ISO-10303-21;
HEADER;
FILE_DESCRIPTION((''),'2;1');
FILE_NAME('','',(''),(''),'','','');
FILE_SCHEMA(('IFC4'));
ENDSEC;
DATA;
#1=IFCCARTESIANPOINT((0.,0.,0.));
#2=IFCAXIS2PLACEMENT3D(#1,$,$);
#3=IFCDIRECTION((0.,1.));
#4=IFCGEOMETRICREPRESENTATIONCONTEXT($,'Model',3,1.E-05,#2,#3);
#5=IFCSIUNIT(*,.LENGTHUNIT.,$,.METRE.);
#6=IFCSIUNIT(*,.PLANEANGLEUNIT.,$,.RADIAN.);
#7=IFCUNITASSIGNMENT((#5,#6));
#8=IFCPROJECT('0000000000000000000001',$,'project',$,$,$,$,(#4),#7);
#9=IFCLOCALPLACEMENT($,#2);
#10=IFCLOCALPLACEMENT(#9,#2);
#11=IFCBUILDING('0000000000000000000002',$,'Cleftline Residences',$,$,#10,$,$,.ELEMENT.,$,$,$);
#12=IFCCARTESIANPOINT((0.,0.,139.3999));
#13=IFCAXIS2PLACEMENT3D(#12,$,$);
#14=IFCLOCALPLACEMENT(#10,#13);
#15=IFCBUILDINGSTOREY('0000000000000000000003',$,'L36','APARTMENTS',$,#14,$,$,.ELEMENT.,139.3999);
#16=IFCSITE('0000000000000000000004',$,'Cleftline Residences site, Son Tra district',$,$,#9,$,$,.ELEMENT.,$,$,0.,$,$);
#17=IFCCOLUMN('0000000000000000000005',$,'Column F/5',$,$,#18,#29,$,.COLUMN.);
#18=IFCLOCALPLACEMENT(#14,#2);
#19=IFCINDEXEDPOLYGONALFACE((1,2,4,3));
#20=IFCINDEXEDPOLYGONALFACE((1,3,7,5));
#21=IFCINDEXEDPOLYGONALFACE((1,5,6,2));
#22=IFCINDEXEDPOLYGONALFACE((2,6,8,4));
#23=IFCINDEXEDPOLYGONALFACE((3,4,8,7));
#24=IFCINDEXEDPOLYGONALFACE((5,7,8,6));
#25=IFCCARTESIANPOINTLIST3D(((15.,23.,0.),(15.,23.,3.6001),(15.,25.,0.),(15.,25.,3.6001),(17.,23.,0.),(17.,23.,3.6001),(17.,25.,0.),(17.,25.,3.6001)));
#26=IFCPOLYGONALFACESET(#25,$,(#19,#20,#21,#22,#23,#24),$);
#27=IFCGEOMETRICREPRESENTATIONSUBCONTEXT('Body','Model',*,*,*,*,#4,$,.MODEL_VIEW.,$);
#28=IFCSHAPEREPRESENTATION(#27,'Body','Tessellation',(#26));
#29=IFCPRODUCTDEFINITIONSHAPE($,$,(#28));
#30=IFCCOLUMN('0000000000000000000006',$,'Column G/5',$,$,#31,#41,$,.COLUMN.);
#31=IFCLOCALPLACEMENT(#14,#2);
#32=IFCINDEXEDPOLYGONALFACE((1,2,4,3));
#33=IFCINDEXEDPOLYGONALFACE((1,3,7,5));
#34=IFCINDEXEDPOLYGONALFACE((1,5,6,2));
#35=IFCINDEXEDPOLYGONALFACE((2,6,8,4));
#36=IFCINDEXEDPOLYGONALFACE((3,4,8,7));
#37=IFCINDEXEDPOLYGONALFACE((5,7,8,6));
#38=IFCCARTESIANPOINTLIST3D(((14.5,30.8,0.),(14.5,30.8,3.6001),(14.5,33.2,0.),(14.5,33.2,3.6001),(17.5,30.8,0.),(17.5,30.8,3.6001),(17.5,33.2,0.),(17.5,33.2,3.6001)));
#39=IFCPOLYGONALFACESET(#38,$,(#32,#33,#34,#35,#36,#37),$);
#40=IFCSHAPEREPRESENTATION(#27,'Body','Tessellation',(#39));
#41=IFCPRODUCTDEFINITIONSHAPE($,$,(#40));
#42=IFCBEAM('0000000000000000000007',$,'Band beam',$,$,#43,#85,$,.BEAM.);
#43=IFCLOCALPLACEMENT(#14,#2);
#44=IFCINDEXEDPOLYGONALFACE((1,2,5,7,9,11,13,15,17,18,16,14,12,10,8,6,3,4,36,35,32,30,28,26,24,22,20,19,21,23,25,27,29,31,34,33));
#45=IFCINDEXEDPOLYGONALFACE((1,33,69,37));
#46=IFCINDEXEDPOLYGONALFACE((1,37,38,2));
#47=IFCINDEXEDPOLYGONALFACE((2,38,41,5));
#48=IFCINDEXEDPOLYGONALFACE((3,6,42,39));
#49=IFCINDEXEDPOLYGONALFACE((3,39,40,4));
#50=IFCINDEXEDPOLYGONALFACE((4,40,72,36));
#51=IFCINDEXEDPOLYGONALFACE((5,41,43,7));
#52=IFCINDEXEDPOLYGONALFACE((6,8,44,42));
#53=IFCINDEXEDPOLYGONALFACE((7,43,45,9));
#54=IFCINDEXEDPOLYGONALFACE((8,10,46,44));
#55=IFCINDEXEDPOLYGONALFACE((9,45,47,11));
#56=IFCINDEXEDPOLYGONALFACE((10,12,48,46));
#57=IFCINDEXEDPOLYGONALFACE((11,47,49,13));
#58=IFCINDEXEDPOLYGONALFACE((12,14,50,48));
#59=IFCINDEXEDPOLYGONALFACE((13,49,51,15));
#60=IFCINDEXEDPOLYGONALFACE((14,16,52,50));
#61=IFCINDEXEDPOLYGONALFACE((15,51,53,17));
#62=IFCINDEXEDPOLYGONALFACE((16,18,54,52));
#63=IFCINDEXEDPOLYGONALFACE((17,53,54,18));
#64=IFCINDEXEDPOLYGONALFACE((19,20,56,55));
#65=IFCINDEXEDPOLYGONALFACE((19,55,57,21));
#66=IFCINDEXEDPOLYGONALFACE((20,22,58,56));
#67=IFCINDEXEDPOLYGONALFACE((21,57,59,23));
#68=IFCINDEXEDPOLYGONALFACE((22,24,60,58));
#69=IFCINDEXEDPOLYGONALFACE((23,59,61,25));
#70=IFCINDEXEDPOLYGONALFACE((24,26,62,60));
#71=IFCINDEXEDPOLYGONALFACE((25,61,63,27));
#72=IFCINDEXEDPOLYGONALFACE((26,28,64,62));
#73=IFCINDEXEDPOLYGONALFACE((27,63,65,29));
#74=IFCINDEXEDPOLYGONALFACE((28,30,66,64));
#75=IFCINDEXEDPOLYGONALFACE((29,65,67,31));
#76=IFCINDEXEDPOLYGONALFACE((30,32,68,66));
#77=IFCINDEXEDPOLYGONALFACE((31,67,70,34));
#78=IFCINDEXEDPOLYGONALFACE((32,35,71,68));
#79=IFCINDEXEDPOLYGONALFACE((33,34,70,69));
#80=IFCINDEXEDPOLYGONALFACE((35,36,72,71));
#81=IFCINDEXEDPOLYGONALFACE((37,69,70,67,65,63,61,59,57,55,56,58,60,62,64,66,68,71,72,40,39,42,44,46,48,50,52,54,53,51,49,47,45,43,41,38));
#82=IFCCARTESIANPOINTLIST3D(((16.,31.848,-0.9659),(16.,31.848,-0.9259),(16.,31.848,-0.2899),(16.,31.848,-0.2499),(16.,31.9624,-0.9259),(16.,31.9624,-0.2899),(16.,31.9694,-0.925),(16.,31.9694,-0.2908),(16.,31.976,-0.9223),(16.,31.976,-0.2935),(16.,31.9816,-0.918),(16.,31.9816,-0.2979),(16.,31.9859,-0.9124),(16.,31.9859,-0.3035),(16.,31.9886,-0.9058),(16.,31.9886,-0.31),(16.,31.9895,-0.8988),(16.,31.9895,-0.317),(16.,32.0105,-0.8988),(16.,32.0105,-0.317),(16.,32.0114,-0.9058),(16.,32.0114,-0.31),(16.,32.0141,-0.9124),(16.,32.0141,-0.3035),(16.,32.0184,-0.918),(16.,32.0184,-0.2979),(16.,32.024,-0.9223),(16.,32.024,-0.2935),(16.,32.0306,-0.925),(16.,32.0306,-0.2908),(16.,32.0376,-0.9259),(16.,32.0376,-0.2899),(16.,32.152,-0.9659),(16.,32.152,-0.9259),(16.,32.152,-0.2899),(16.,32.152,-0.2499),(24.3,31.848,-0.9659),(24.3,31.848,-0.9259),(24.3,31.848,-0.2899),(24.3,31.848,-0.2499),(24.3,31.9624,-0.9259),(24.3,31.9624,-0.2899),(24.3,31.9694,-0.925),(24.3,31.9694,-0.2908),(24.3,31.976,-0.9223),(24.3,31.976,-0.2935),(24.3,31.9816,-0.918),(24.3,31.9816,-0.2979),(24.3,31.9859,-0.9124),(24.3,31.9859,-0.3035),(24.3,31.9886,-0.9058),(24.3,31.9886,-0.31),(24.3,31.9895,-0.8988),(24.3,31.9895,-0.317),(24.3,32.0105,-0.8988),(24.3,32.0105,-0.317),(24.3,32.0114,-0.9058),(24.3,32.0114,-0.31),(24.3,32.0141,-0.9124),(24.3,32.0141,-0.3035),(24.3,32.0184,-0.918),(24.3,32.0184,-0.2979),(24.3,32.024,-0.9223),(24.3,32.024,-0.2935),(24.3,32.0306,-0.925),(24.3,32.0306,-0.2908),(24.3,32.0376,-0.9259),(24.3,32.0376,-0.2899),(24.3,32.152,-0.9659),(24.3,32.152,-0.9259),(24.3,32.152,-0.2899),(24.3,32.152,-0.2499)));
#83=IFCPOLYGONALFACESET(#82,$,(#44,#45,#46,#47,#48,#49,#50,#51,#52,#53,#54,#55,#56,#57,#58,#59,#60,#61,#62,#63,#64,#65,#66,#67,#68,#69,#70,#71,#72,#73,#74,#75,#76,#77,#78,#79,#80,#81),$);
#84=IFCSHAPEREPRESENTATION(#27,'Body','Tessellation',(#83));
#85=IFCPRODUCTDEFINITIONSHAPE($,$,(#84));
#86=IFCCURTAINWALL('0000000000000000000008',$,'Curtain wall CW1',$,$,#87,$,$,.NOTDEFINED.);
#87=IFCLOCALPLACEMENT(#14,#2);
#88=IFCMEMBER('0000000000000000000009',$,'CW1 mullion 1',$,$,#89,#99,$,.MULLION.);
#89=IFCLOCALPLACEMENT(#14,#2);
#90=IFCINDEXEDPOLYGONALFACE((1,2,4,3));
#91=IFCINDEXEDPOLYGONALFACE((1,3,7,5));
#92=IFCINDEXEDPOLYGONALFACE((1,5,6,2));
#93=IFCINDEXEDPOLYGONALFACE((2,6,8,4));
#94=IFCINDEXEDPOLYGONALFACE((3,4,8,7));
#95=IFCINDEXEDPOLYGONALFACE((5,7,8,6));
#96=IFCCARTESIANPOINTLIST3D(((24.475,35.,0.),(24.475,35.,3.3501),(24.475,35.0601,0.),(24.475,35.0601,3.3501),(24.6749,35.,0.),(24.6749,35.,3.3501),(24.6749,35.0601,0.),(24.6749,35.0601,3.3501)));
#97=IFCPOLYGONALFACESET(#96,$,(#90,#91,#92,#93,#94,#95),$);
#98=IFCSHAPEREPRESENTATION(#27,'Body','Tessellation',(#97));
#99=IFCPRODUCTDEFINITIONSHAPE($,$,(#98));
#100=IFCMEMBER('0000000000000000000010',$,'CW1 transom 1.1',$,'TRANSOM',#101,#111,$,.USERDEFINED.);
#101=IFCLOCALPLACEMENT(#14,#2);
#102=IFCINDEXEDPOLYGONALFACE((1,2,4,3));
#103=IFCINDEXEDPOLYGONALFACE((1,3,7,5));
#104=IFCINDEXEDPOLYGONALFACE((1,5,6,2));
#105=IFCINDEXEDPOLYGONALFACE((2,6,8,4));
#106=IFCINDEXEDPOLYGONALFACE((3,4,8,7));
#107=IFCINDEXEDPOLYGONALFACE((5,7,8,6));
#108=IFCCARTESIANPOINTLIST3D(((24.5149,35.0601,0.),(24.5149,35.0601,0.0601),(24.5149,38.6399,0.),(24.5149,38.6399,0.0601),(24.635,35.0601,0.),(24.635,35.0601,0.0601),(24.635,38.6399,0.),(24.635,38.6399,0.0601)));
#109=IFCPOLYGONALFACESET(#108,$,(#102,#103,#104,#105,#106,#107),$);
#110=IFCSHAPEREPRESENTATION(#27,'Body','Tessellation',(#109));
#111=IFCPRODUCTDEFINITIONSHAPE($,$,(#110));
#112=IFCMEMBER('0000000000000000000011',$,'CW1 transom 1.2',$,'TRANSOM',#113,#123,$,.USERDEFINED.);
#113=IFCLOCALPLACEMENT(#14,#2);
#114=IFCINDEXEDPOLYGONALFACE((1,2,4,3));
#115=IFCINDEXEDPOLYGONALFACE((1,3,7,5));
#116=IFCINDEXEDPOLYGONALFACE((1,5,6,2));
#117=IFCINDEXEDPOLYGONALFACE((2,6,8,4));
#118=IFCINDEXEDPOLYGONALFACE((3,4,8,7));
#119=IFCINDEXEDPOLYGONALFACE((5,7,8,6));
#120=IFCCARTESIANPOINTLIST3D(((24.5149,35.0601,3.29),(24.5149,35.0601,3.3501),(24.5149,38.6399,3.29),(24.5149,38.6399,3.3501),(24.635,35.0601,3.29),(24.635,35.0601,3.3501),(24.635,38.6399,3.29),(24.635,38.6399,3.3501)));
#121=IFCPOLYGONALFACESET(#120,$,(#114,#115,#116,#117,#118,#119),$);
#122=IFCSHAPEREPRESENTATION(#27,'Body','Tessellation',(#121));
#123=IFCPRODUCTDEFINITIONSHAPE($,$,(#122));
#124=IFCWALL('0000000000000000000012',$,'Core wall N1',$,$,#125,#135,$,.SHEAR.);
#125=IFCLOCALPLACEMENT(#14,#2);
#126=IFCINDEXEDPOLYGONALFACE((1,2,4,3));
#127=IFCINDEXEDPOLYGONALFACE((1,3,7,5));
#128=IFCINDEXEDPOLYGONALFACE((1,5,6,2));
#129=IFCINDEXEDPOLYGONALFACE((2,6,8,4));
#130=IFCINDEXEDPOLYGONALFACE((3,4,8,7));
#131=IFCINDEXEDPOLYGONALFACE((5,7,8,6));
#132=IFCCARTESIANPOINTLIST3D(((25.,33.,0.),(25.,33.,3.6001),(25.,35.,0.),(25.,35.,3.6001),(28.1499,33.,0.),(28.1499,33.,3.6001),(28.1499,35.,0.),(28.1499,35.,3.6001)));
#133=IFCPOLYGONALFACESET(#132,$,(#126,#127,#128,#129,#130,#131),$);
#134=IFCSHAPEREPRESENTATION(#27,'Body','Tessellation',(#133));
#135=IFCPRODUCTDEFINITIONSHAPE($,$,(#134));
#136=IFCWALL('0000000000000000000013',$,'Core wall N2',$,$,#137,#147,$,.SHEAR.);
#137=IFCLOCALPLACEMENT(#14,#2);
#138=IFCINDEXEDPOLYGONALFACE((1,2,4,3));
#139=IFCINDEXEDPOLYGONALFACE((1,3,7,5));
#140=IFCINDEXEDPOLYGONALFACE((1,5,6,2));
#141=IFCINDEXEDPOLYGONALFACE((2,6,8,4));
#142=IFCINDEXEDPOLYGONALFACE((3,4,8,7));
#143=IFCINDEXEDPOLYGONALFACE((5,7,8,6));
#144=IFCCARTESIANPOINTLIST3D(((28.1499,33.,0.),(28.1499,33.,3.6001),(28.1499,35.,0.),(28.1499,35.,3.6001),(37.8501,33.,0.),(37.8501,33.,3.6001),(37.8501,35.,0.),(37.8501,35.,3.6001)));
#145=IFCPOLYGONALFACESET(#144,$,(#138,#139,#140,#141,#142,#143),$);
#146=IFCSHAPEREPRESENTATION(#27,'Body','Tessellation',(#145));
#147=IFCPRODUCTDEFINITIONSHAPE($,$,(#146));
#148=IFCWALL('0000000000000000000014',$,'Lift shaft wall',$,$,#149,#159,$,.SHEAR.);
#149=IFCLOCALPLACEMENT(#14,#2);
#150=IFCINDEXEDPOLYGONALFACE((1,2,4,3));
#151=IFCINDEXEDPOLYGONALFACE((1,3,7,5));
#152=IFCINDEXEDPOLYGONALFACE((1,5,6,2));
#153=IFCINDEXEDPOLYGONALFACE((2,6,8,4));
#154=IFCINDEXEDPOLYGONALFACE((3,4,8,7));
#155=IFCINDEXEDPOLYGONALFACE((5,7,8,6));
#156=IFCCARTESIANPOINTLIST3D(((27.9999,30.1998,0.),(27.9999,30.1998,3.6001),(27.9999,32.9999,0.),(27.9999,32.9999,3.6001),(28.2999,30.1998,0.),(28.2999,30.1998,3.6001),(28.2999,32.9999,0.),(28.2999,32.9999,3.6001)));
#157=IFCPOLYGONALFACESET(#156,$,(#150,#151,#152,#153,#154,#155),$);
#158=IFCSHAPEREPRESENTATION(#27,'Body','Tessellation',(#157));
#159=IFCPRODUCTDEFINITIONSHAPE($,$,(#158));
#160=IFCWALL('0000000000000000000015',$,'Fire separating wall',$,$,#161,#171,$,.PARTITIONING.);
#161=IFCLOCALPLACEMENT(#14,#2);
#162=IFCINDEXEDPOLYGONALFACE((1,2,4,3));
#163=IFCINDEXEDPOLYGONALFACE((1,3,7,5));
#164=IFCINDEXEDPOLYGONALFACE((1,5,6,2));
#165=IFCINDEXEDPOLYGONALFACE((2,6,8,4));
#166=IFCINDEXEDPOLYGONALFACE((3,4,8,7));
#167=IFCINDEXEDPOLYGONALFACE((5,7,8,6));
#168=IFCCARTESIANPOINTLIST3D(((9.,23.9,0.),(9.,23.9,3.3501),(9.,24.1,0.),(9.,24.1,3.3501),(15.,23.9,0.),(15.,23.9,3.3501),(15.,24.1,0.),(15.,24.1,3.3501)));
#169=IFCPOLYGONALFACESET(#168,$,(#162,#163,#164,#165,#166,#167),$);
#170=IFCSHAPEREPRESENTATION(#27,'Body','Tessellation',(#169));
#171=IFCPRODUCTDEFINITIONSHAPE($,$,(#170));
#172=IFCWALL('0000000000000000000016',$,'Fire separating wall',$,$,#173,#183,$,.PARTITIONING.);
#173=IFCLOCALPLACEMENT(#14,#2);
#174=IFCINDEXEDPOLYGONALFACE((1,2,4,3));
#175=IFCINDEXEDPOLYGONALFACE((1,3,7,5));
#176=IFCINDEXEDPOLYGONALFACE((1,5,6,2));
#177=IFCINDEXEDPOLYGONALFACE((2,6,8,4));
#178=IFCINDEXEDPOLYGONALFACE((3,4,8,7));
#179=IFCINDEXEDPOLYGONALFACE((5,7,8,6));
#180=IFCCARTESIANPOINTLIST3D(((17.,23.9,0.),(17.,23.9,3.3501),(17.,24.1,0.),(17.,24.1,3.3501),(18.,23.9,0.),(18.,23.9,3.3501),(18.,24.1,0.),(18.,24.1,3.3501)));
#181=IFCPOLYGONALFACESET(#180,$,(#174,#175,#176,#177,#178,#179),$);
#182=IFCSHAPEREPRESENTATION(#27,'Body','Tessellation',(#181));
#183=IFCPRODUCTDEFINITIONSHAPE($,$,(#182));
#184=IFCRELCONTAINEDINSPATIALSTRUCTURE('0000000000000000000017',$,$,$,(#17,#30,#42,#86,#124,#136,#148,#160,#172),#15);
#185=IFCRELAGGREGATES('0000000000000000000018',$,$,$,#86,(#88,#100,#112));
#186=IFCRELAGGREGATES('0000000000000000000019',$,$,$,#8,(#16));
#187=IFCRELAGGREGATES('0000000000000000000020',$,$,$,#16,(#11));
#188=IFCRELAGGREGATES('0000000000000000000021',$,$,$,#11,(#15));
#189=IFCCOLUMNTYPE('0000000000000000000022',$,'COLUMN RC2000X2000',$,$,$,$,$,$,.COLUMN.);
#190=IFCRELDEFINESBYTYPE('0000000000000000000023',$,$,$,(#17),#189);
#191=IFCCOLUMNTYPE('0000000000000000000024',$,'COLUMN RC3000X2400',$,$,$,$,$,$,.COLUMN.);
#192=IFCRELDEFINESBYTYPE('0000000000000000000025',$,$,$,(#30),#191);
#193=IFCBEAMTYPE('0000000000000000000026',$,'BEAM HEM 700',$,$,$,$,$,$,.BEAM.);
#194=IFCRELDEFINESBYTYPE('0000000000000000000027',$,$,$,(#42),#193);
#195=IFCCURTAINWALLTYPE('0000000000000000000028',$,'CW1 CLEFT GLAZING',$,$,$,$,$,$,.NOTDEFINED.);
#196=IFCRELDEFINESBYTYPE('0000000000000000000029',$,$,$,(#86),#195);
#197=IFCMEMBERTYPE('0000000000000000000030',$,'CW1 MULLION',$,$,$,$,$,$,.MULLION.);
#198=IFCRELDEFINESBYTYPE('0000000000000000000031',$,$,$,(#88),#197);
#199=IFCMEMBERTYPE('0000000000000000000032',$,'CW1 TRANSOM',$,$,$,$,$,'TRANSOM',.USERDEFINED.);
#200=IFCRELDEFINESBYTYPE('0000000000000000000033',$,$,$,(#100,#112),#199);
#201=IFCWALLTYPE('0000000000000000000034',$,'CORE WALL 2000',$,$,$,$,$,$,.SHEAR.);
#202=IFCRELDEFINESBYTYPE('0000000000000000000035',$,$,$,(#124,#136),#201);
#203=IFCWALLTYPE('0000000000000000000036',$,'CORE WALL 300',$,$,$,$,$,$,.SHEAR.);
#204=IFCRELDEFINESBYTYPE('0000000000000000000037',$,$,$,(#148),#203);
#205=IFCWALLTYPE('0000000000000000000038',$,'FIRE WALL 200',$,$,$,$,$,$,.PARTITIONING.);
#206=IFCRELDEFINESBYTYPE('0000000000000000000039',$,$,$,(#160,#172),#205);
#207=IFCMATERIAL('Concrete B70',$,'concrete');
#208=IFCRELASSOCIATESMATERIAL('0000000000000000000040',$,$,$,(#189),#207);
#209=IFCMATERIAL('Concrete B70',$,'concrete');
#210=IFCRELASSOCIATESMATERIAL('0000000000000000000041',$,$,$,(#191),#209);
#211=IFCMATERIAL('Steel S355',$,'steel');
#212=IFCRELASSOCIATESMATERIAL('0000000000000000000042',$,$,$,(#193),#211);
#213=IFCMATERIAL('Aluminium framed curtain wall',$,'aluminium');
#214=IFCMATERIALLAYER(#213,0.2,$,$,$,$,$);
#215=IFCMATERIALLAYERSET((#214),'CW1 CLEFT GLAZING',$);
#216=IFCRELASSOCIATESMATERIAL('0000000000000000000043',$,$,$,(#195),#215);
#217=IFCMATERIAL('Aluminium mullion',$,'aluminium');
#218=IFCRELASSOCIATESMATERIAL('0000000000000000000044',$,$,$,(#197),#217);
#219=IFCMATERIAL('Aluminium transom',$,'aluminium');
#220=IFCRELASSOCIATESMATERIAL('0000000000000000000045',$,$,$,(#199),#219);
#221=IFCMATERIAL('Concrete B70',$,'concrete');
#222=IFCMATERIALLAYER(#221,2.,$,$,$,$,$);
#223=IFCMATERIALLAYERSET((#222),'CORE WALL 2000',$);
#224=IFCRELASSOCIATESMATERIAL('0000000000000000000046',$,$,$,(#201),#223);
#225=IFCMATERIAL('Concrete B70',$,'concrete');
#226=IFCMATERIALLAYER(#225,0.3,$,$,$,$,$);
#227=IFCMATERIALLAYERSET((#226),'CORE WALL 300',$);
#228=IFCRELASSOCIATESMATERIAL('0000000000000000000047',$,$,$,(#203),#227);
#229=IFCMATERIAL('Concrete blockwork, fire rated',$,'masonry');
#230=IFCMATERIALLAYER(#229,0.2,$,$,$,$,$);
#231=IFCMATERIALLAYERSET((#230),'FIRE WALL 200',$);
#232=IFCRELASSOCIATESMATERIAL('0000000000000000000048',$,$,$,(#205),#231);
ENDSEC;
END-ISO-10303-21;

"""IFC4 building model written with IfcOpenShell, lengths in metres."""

from ifc_helpers import new_model, si_unit, direction, frame, frame_2d, origin, origin_2d, place, context, subcontext, project, spatial, rectangle, i_section, extrude, material, layer, layer_set, material_profile, profile_set, type_object, element, aggregate, save


model = new_model("IFC4")

# Units and contexts
model_context = context("Model", 3, precision=1e-05, world=origin(), true_north=direction((0.0, 1.0)))
body_context = subcontext(model_context, "Body", "Model", "MODEL_VIEW")
ifc_project = project(units=[si_unit("LENGTHUNIT", "METRE"), si_unit("PLANEANGLEUNIT", "RADIAN")], contexts=[model_context])

# Site, building, storey
site_placement = place(None, origin())
site = spatial("IfcSite", under=ifc_project, at=site_placement, Name="Cleftline Residences site, Son Tra district", CompositionType="ELEMENT", RefElevation=0.0)
building_placement = place(site_placement, origin())
building = spatial("IfcBuilding", under=site, at=building_placement, Name="Cleftline Residences", CompositionType="ELEMENT")
storey_placement = place(building_placement, frame((0.0, 0.0, 139.3999)))
storey = spatial("IfcBuildingStorey", under=building, at=storey_placement, Name="L36", Description="APARTMENTS", CompositionType="ELEMENT", Elevation=139.3999)

# Columns
ifc_material_1 = material(Name="Concrete B70", Category="concrete")
ifc_material_profile_1 = material_profile(ifc_material_1, rectangle(XDim=2.0, YDim=2.0, at=origin_2d()))
ifc_profile_set_1 = profile_set([ifc_material_profile_1], Name="Concrete B70")
column_type_1 = type_object("IfcColumnType", Name="COLUMN RC2000X2000", PredefinedType="COLUMN", material=ifc_profile_set_1)
column_1_placement = place(storey_placement, frame((16.0, 24.0, 0.0), z_axis=(0.0, 0.0, 1.0), x_axis=(1.0, 0.0, 0.0)))
element("IfcColumn", 1, at=column_1_placement, inside=storey, type_object=column_type_1, Name="Column F/5", PredefinedType="COLUMN", context=body_context, shape_type="SweptSolid", body=[
    extrude(rectangle(XDim=2.0, YDim=2.0, at=origin_2d()), origin(), (0.0, 0.0, 1.0), 3.6001),
])
ifc_material_2 = material(Name="Concrete B70", Category="concrete")
ifc_material_profile_2 = material_profile(ifc_material_2, rectangle(XDim=3.0, YDim=2.3999, at=origin_2d()))
ifc_profile_set_2 = profile_set([ifc_material_profile_2], Name="Concrete B70")
column_type_2 = type_object("IfcColumnType", Name="COLUMN RC3000X2400", PredefinedType="COLUMN", material=ifc_profile_set_2)
column_2_placement = place(storey_placement, frame((16.0, 32.0, 0.0), z_axis=(0.0, 0.0, 1.0), x_axis=(1.0, 0.0, 0.0)))
element("IfcColumn", 2, at=column_2_placement, inside=storey, type_object=column_type_2, Name="Column G/5", PredefinedType="COLUMN", context=body_context, shape_type="SweptSolid", body=[
    extrude(rectangle(XDim=3.0, YDim=2.3999, at=origin_2d()), origin(), (0.0, 0.0, 1.0), 3.6001),
])

# Beam
ifc_material_3 = material(Name="Steel S355", Category="steel")
ifc_material_profile_3 = material_profile(ifc_material_3, i_section(OverallWidth=0.304, OverallDepth=0.7161, WebThickness=0.021, FlangeThickness=0.04, FilletRadius=0.0271, at=origin_2d()))
ifc_profile_set_3 = profile_set([ifc_material_profile_3], Name="Steel S355")
beam_type = type_object("IfcBeamType", Name="BEAM HEM 700", PredefinedType="BEAM", material=ifc_profile_set_3)
beam_placement = place(storey_placement, frame((16.0, 32.0, -0.6079), z_axis=(1.0, 0.0, 0.0), x_axis=(0.0, 1.0, 0.0)))
element("IfcBeam", 3, at=beam_placement, inside=storey, type_object=beam_type, Name="Band beam", PredefinedType="BEAM", context=body_context, shape_type="SweptSolid", body=[
    extrude(i_section(OverallWidth=0.304, OverallDepth=0.7161, WebThickness=0.021, FlangeThickness=0.04, FilletRadius=0.0271, at=origin_2d()), origin(), (0.0, 0.0, 1.0), 8.3),
])

# Curtain wall, members
ifc_material_4 = material(Name="Aluminium framed curtain wall", Category="aluminium")
ifc_layer_1 = layer(ifc_material_4, 0.2)
ifc_layer_set_1 = layer_set([ifc_layer_1], Name="CW1 CLEFT GLAZING")
curtain_wall_type = type_object("IfcCurtainWallType", Name="CW1 CLEFT GLAZING", PredefinedType="NOTDEFINED", material=ifc_layer_set_1)
curtain_wall_placement = place(storey_placement, origin())
curtain_wall = element("IfcCurtainWall", 4, at=curtain_wall_placement, inside=storey, type_object=curtain_wall_type, Name="Curtain wall CW1", PredefinedType="NOTDEFINED")
ifc_material_5 = material(Name="Aluminium mullion", Category="aluminium")
ifc_material_profile_4 = material_profile(ifc_material_5, rectangle(XDim=0.2, YDim=0.0601, at=origin_2d()))
ifc_profile_set_4 = profile_set([ifc_material_profile_4], Name="Aluminium mullion")
member_type_1 = type_object("IfcMemberType", Name="CW1 MULLION", PredefinedType="MULLION", material=ifc_profile_set_4)
member_1_placement = place(storey_placement, frame((24.575, 35.03, 0.0), z_axis=(0.0, 0.0, 1.0), x_axis=(-1.0, 0.0, 0.0)))
member_1 = element("IfcMember", 5, at=member_1_placement, type_object=member_type_1, Name="CW1 mullion 1", PredefinedType="MULLION", context=body_context, shape_type="SweptSolid", body=[
    extrude(rectangle(XDim=0.2, YDim=0.0601, at=origin_2d()), origin(), (0.0, 0.0, 1.0), 3.3501),
])
ifc_material_6 = material(Name="Aluminium transom", Category="aluminium")
ifc_material_profile_5 = material_profile(ifc_material_6, rectangle(XDim=0.1201, YDim=0.0601, at=origin_2d()))
ifc_profile_set_5 = profile_set([ifc_material_profile_5], Name="Aluminium transom")
member_type_2 = type_object("IfcMemberType", Name="CW1 TRANSOM", ElementType="TRANSOM", PredefinedType="USERDEFINED", material=ifc_profile_set_5)
member_2_placement = place(storey_placement, frame((24.575, 35.0601, 0.03), z_axis=(0.0, 1.0, 0.0), x_axis=(-1.0, 0.0, 0.0)))
member_2 = element("IfcMember", 6, at=member_2_placement, type_object=member_type_2, Name="CW1 transom 1.1", ObjectType="TRANSOM", PredefinedType="USERDEFINED", context=body_context, shape_type="SweptSolid", body=[
    extrude(rectangle(XDim=0.1201, YDim=0.0601, at=origin_2d()), origin(), (0.0, 0.0, 1.0), 3.5798),
])
member_3_placement = place(storey_placement, frame((24.575, 35.0601, 3.3201), z_axis=(0.0, 1.0, 0.0), x_axis=(-1.0, 0.0, 0.0)))
member_3 = element("IfcMember", 7, at=member_3_placement, type_object=member_type_2, Name="CW1 transom 1.2", ObjectType="TRANSOM", PredefinedType="USERDEFINED", context=body_context, shape_type="SweptSolid", body=[
    extrude(rectangle(XDim=0.1201, YDim=0.0601, at=origin_2d()), origin(), (0.0, 0.0, 1.0), 3.5798),
])
aggregate(curtain_wall, [member_1, member_2, member_3])

# Walls
ifc_material_7 = material(Name="Concrete B70", Category="concrete")
ifc_layer_2 = layer(ifc_material_7, 2.0)
ifc_layer_set_2 = layer_set([ifc_layer_2], Name="CORE WALL 2000")
wall_type_1 = type_object("IfcWallType", Name="CORE WALL 2000", PredefinedType="SHEAR", material=ifc_layer_set_2)
wall_1_placement = place(storey_placement, frame((25.0, 34.0, 0.0), z_axis=(0.0, 0.0, 1.0), x_axis=(1.0, 0.0, 0.0)))
element("IfcWall", 8, at=wall_1_placement, inside=storey, type_object=wall_type_1, Name="Core wall N1", PredefinedType="SHEAR", context=body_context, shape_type="SweptSolid", body=[
    extrude(rectangle(XDim=3.1499, YDim=2.0, at=frame_2d((1.575, 0.0))), origin(), (0.0, 0.0, 1.0), 3.6001),
])
wall_2_placement = place(storey_placement, frame((28.1499, 34.0, 0.0), z_axis=(0.0, 0.0, 1.0), x_axis=(1.0, 0.0, 0.0)))
element("IfcWall", 9, at=wall_2_placement, inside=storey, type_object=wall_type_1, Name="Core wall N2", PredefinedType="SHEAR", context=body_context, shape_type="SweptSolid", body=[
    extrude(rectangle(XDim=9.7002, YDim=2.0, at=frame_2d((4.8501, 0.0))), origin(), (0.0, 0.0, 1.0), 3.6001),
])
ifc_material_8 = material(Name="Concrete B70", Category="concrete")
ifc_layer_3 = layer(ifc_material_8, 0.3)
ifc_layer_set_3 = layer_set([ifc_layer_3], Name="CORE WALL 300")
wall_type_2 = type_object("IfcWallType", Name="CORE WALL 300", PredefinedType="SHEAR", material=ifc_layer_set_3)
wall_3_placement = place(storey_placement, frame((28.1499, 30.2, 0.0), z_axis=(0.0, 0.0, 1.0), x_axis=(0.0, 1.0, 0.0)))
element("IfcWall", 10, at=wall_3_placement, inside=storey, type_object=wall_type_2, Name="Lift shaft wall", PredefinedType="SHEAR", context=body_context, shape_type="SweptSolid", body=[
    extrude(rectangle(XDim=2.8, YDim=0.3, at=frame_2d((1.3999, 0.0))), origin(), (0.0, 0.0, 1.0), 3.6001),
])
ifc_material_9 = material(Name="Concrete blockwork, fire rated", Category="masonry")
ifc_layer_4 = layer(ifc_material_9, 0.2)
ifc_layer_set_4 = layer_set([ifc_layer_4], Name="FIRE WALL 200")
wall_type_3 = type_object("IfcWallType", Name="FIRE WALL 200", PredefinedType="PARTITIONING", material=ifc_layer_set_4)
wall_4_placement = place(storey_placement, frame((9.0, 24.0, 0.0), z_axis=(0.0, 0.0, 1.0), x_axis=(1.0, 0.0, 0.0)))
element("IfcWall", 11, at=wall_4_placement, inside=storey, type_object=wall_type_3, Name="Fire separating wall", PredefinedType="PARTITIONING", context=body_context, shape_type="SweptSolid", body=[
    extrude(rectangle(XDim=6.0, YDim=0.2, at=frame_2d((3.0, 0.0))), origin(), (0.0, 0.0, 1.0), 3.3501),
])
wall_5_placement = place(storey_placement, frame((17.0, 24.0, 0.0), z_axis=(0.0, 0.0, 1.0), x_axis=(1.0, 0.0, 0.0)))
element("IfcWall", 12, at=wall_5_placement, inside=storey, type_object=wall_type_3, Name="Fire separating wall", PredefinedType="PARTITIONING", context=body_context, shape_type="SweptSolid", body=[
    extrude(rectangle(XDim=1.0, YDim=0.2, at=frame_2d((0.5, 0.0))), origin(), (0.0, 0.0, 1.0), 3.3501),
])

save(model, "model.ifc")
